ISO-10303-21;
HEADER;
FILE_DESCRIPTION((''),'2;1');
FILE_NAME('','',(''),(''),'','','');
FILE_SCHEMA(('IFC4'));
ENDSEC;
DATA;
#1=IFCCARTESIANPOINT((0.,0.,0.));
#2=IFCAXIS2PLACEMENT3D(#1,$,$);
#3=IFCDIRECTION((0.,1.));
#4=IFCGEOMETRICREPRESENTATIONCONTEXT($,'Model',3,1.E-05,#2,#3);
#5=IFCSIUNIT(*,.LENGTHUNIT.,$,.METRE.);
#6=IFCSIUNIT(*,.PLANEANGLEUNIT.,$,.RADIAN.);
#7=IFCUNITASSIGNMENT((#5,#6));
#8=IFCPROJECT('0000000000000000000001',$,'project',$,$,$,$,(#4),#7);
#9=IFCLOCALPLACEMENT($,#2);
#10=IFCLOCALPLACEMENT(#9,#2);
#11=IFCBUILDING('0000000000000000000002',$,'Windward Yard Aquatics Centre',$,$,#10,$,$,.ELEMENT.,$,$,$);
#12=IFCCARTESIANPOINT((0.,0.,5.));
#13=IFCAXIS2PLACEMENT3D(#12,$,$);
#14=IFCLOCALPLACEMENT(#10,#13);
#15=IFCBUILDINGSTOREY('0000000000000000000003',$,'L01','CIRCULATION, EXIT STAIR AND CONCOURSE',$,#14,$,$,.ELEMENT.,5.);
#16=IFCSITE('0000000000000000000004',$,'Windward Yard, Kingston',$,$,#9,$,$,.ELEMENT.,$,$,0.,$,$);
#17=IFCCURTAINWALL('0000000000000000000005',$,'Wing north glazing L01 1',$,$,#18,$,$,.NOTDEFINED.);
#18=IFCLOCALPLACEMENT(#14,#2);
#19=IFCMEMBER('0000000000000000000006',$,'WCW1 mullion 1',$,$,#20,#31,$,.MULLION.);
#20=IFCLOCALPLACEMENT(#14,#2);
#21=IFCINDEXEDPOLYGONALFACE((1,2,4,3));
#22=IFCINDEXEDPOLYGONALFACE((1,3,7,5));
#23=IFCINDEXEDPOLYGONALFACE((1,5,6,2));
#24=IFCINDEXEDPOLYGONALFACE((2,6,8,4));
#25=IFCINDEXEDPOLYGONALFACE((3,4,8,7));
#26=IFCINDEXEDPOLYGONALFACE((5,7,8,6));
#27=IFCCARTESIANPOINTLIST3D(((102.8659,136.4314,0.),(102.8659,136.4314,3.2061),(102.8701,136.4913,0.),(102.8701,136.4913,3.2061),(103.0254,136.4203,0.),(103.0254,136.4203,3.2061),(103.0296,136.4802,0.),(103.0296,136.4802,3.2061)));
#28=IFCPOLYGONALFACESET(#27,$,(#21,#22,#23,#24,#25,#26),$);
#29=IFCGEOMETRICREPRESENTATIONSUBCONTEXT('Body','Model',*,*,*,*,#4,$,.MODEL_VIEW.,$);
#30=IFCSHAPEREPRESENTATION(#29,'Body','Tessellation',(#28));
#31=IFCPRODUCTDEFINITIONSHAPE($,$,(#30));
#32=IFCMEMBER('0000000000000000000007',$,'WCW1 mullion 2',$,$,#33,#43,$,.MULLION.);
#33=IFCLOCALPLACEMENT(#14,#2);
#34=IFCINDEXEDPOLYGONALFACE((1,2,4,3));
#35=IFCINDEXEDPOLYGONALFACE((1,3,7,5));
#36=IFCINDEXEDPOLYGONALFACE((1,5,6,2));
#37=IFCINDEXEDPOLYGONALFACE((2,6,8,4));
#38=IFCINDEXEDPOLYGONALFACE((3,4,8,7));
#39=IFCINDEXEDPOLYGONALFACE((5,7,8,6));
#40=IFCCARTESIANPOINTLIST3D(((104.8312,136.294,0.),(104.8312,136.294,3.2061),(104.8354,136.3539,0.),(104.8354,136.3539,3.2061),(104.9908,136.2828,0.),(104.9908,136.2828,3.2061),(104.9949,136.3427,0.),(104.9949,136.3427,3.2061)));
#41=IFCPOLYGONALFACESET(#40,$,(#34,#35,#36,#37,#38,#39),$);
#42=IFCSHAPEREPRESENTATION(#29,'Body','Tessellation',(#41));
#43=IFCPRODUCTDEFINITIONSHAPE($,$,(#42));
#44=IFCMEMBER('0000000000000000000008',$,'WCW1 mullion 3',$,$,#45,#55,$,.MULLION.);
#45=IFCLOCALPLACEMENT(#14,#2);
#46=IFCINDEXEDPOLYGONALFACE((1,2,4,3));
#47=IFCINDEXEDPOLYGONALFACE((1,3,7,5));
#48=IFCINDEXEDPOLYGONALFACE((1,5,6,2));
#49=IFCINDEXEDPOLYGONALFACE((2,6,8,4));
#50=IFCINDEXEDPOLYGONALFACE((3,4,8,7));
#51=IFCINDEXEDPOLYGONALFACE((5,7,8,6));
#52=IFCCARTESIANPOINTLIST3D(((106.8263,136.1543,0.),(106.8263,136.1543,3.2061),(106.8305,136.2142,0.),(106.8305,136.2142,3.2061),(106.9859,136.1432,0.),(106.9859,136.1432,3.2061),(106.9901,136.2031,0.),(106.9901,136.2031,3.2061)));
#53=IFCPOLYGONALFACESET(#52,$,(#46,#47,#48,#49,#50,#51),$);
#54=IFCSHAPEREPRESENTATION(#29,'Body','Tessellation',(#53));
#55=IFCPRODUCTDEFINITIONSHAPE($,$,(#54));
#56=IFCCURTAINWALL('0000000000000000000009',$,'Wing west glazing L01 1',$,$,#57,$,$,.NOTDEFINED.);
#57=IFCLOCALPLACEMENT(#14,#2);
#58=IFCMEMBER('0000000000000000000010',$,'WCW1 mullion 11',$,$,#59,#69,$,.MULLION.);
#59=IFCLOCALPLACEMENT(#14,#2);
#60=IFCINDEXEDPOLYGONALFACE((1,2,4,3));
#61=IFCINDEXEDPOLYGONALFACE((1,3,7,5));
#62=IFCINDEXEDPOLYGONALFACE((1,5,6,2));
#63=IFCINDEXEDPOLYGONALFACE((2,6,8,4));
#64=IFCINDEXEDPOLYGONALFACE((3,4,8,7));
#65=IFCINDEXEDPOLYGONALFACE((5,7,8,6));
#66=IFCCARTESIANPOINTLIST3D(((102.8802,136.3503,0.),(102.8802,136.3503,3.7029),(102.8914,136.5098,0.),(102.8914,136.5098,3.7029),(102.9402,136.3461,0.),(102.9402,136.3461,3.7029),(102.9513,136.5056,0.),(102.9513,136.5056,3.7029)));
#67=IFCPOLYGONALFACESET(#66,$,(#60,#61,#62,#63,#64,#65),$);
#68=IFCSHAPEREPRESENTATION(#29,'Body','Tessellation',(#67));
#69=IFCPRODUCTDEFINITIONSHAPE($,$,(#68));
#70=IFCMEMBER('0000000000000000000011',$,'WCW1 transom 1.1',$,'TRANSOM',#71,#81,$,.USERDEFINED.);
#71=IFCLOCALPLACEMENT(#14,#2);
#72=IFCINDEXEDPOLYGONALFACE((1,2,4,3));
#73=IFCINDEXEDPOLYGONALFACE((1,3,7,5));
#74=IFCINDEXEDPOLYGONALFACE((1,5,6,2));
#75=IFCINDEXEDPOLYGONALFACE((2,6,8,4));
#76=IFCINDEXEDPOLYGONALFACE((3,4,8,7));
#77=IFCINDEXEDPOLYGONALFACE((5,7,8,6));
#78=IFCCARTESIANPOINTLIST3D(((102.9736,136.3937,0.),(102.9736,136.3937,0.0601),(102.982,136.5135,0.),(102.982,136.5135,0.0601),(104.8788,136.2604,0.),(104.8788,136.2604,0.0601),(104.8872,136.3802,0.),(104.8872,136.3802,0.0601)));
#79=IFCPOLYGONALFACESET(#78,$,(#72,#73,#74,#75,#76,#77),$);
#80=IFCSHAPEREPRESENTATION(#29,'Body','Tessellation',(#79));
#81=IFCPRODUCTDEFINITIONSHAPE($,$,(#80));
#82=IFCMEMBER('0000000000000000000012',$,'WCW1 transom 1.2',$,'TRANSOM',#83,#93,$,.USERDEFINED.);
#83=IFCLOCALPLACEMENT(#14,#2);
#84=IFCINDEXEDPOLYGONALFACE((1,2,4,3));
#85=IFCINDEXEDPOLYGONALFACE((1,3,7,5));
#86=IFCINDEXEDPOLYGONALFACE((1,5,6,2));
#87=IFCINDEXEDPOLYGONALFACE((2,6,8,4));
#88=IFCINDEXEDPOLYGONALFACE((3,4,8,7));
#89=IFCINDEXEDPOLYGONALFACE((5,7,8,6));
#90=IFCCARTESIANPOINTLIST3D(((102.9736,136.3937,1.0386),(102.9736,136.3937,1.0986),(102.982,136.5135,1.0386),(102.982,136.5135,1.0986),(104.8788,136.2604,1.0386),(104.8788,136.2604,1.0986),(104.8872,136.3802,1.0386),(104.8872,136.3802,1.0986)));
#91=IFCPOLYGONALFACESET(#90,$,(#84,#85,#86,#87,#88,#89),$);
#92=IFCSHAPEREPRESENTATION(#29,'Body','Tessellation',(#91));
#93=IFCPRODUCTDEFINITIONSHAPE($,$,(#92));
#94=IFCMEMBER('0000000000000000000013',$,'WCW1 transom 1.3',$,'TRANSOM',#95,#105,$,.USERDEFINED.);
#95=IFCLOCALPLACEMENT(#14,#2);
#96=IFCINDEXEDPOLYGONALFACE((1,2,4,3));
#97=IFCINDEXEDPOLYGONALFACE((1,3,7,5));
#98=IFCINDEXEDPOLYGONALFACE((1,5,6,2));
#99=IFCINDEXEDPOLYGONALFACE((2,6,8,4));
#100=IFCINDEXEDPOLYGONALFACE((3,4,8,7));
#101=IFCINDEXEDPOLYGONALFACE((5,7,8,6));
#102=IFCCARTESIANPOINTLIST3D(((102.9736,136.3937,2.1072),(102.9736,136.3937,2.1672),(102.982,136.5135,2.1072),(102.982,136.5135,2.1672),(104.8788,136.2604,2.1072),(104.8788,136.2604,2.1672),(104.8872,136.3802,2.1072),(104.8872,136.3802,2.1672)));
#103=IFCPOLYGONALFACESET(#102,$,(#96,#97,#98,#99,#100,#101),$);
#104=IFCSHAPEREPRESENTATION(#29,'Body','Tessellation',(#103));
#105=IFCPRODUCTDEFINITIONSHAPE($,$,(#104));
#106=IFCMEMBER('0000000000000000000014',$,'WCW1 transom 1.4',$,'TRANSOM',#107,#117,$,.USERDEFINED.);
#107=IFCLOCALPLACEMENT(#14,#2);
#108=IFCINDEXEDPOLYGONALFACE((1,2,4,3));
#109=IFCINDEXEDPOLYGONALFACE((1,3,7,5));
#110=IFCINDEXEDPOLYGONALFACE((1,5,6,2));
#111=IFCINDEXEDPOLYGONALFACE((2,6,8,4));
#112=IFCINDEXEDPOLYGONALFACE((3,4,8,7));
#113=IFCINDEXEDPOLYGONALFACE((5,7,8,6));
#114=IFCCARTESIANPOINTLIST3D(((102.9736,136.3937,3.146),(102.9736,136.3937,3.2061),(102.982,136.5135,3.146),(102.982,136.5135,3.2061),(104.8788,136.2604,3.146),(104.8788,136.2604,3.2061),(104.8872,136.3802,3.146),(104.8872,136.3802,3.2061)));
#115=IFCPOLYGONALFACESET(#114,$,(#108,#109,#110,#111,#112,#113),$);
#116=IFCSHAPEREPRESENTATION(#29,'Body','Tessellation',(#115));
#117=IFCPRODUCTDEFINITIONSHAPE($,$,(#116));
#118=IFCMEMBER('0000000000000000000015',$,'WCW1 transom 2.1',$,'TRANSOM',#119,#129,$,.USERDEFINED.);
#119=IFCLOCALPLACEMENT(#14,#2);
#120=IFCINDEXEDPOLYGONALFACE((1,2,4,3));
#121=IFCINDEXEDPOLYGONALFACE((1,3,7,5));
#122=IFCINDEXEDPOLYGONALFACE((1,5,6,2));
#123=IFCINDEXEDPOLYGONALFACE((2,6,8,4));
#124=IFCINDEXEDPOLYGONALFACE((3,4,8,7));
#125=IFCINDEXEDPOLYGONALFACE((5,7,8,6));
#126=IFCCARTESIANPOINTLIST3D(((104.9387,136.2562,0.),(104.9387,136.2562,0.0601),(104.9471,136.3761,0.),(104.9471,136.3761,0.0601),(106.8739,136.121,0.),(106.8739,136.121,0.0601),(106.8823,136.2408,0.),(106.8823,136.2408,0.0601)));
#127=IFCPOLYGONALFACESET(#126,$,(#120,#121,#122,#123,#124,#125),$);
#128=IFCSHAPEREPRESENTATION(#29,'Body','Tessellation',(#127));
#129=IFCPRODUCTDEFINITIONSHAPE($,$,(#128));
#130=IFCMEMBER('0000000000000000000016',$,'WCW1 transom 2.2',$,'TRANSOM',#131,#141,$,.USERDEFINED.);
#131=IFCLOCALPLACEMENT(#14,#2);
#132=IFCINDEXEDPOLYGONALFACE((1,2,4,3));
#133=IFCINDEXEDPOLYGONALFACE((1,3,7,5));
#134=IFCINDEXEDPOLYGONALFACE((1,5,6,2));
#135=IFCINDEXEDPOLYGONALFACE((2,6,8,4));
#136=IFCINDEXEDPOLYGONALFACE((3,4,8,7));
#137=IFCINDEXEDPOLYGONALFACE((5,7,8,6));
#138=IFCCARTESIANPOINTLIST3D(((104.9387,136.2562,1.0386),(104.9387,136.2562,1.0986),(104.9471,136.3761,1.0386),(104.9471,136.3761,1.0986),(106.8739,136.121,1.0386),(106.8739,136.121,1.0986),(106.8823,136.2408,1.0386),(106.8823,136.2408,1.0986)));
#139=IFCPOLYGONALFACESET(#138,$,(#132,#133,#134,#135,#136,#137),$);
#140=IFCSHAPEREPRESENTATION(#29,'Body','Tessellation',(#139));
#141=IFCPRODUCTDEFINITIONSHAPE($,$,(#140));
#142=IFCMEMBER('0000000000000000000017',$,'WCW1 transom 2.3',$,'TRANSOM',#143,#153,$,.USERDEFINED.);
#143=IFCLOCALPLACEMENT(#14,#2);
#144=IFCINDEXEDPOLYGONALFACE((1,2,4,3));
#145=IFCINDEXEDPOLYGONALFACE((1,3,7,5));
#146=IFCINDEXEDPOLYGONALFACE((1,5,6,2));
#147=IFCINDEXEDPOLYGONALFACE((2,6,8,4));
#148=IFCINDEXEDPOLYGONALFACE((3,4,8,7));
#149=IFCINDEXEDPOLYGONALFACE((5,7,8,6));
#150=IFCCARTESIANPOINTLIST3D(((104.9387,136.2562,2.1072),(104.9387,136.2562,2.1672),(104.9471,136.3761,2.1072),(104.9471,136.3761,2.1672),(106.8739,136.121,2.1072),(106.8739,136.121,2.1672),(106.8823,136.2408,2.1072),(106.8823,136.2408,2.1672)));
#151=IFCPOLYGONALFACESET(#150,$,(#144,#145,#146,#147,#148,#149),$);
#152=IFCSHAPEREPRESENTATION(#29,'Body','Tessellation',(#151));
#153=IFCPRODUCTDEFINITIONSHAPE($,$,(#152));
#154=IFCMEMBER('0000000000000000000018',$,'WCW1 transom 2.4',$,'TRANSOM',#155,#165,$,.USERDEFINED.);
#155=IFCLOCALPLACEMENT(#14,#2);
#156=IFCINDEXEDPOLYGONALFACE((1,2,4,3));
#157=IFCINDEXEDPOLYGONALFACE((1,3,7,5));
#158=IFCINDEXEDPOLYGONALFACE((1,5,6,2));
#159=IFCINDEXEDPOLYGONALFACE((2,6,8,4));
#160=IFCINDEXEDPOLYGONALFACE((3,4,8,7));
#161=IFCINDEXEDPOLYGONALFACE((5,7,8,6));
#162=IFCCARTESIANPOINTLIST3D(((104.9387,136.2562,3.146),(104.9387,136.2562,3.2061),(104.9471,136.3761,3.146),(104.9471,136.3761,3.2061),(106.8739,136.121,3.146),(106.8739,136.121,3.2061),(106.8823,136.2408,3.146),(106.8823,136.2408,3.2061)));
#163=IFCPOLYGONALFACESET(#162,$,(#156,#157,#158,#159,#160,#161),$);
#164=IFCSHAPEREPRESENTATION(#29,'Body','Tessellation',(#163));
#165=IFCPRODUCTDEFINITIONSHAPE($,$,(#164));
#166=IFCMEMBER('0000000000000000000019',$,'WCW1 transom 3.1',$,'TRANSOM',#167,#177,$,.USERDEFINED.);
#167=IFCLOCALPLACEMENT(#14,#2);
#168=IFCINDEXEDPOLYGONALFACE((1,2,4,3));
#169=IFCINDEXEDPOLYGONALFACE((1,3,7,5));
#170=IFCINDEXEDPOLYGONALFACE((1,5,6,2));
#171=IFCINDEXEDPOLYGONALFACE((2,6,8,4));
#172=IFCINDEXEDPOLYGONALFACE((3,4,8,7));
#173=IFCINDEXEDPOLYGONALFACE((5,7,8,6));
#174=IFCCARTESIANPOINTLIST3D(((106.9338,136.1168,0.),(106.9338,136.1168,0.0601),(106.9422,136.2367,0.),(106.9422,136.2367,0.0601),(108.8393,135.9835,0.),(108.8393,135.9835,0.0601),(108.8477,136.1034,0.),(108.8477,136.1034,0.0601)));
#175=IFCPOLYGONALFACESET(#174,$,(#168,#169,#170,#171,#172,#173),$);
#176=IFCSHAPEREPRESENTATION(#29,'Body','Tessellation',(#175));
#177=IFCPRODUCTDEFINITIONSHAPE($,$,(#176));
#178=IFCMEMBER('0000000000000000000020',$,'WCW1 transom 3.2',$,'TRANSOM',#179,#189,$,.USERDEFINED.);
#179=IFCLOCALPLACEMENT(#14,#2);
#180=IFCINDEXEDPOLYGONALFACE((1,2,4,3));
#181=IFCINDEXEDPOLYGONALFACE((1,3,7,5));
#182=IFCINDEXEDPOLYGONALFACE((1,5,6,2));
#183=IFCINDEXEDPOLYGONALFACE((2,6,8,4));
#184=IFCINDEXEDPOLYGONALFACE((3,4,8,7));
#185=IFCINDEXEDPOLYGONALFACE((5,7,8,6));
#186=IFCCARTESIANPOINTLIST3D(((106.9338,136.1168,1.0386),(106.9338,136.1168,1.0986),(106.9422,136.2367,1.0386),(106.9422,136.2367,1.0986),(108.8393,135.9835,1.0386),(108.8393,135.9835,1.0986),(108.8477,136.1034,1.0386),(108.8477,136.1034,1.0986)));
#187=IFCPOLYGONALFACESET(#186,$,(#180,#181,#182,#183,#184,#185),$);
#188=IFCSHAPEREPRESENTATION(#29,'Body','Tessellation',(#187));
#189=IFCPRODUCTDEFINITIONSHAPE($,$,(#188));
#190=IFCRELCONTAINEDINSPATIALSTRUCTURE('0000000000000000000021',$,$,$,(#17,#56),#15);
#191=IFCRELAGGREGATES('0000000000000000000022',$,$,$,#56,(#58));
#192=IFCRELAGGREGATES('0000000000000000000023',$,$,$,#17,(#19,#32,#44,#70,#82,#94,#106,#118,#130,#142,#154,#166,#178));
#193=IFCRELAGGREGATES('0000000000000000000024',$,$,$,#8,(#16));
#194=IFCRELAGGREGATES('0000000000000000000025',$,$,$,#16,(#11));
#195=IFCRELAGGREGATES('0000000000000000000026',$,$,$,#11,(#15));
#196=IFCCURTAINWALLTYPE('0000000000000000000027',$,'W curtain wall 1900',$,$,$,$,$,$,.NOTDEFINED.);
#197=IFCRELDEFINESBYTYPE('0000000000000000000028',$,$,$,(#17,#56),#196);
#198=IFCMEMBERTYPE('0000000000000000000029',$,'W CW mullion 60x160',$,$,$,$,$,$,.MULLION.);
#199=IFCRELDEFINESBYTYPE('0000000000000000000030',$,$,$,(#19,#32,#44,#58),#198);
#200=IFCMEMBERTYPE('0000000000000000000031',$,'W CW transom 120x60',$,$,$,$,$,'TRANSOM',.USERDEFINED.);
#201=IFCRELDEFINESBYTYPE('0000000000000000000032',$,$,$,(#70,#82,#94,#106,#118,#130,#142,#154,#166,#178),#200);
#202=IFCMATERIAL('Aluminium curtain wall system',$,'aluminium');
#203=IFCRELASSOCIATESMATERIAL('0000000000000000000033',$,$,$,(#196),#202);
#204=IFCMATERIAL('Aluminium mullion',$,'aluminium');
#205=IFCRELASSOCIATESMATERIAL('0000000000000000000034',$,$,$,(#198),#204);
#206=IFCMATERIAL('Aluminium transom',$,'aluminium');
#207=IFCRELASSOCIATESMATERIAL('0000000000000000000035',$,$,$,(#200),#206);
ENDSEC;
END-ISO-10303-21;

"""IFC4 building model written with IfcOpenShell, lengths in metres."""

from ifc_helpers import new_model, si_unit, direction, frame, origin, origin_2d, place, context, subcontext, project, spatial, rectangle, extrude, material, material_profile, profile_set, type_object, element, aggregate, save


model = new_model("IFC4")

# Units and contexts
model_context = context("Model", 3, precision=1e-05, world=origin(), true_north=direction((0.0, 1.0)))
body_context = subcontext(model_context, "Body", "Model", "MODEL_VIEW")
ifc_project = project(units=[si_unit("LENGTHUNIT", "METRE"), si_unit("PLANEANGLEUNIT", "RADIAN")], contexts=[model_context])

# Site, building, storey
site_placement = place(None, origin())
site = spatial("IfcSite", under=ifc_project, at=site_placement, Name="Windward Yard, Kingston", CompositionType="ELEMENT", RefElevation=0.0)
building_placement = place(site_placement, origin())
building = spatial("IfcBuilding", under=site, at=building_placement, Name="Windward Yard Aquatics Centre", CompositionType="ELEMENT")
storey_placement = place(building_placement, frame((0.0, 0.0, 5.0)))
storey = spatial("IfcBuildingStorey", under=building, at=storey_placement, Name="L01", Description="CIRCULATION, EXIT STAIR AND CONCOURSE", CompositionType="ELEMENT", Elevation=5.0)

# Curtain wall, members
ifc_material_1 = material(Name="Aluminium curtain wall system", Category="aluminium")
curtain_wall_type = type_object("IfcCurtainWallType", Name="W curtain wall 1900", PredefinedType="NOTDEFINED", material=ifc_material_1)
curtain_wall_1_placement = place(storey_placement, origin())
curtain_wall_1 = element("IfcCurtainWall", 1, at=curtain_wall_1_placement, inside=storey, type_object=curtain_wall_type, Name="Wing north glazing L01 1", PredefinedType="NOTDEFINED")
ifc_material_2 = material(Name="Aluminium mullion", Category="aluminium")
ifc_material_profile_1 = material_profile(ifc_material_2, rectangle(XDim=0.0601, YDim=0.1599, at=origin_2d()), Name="AL 60x160")
ifc_profile_set_1 = profile_set([ifc_material_profile_1], Name="Aluminium mullion")
member_type_1 = type_object("IfcMemberType", Name="W CW mullion 60x160", PredefinedType="MULLION", material=ifc_profile_set_1)
member_1_placement = place(storey_placement, frame((102.9478, 136.4558, 0.0), z_axis=(0.0, 0.0, 1.0), x_axis=(0.06975, 0.997565, 0.0)))
member_1 = element("IfcMember", 2, at=member_1_placement, type_object=member_type_1, Name="WCW1 mullion 1", PredefinedType="MULLION", context=body_context, shape_type="SweptSolid", body=[
    extrude(rectangle(XDim=0.0601, YDim=0.1599, at=origin_2d()), origin(), (0.0, 0.0, 1.0), 3.2061),
])
member_2_placement = place(storey_placement, frame((104.9131, 136.3184, 0.0), z_axis=(0.0, 0.0, 1.0), x_axis=(0.06975, 0.997565, 0.0)))
member_2 = element("IfcMember", 3, at=member_2_placement, type_object=member_type_1, Name="WCW1 mullion 2", PredefinedType="MULLION", context=body_context, shape_type="SweptSolid", body=[
    extrude(rectangle(XDim=0.0601, YDim=0.1599, at=origin_2d()), origin(), (0.0, 0.0, 1.0), 3.2061),
])
member_3_placement = place(storey_placement, frame((106.9082, 136.1787, 0.0), z_axis=(0.0, 0.0, 1.0), x_axis=(0.06975, 0.997565, 0.0)))
member_3 = element("IfcMember", 4, at=member_3_placement, type_object=member_type_1, Name="WCW1 mullion 3", PredefinedType="MULLION", context=body_context, shape_type="SweptSolid", body=[
    extrude(rectangle(XDim=0.0601, YDim=0.1599, at=origin_2d()), origin(), (0.0, 0.0, 1.0), 3.2061),
])

# Curtain wall, member
curtain_wall_2_placement = place(storey_placement, origin())
curtain_wall_2 = element("IfcCurtainWall", 5, at=curtain_wall_2_placement, inside=storey, type_object=curtain_wall_type, Name="Wing west glazing L01 1", PredefinedType="NOTDEFINED")
member_4_placement = place(storey_placement, frame((102.9158, 136.428, 0.0), z_axis=(0.0, 0.0, 1.0), x_axis=(-0.997564, 0.069755, 0.0)))
member_4 = element("IfcMember", 6, at=member_4_placement, type_object=member_type_1, Name="WCW1 mullion 11", PredefinedType="MULLION", context=body_context, shape_type="SweptSolid", body=[
    extrude(rectangle(XDim=0.0601, YDim=0.1599, at=origin_2d()), origin(), (0.0, 0.0, 1.0), 3.7029),
])
aggregate(curtain_wall_2, [member_4])

# Members
ifc_material_3 = material(Name="Aluminium transom", Category="aluminium")
ifc_material_profile_2 = material_profile(ifc_material_3, rectangle(XDim=0.1201, YDim=0.0601, at=origin_2d()), Name="AL 120x60")
ifc_profile_set_2 = profile_set([ifc_material_profile_2], Name="Aluminium transom")
member_type_2 = type_object("IfcMemberType", Name="W CW transom 120x60", ElementType="TRANSOM", PredefinedType="USERDEFINED", material=ifc_profile_set_2)
member_5_placement = place(storey_placement, frame((102.9778, 136.4536, 0.03), z_axis=(0.997561, -0.069794, 0.0), x_axis=(0.069794, 0.997561, 0.0)))
member_5 = element("IfcMember", 7, at=member_5_placement, type_object=member_type_2, Name="WCW1 transom 1.1", ObjectType="TRANSOM", PredefinedType="USERDEFINED", context=body_context, shape_type="SweptSolid", body=[
    extrude(rectangle(XDim=0.1201, YDim=0.0601, at=origin_2d()), origin(), (0.0, 0.0, 1.0), 1.9099),
])
member_6_placement = place(storey_placement, frame((102.9778, 136.4536, 1.0686), z_axis=(0.997561, -0.069794, 0.0), x_axis=(0.069794, 0.997561, 0.0)))
member_6 = element("IfcMember", 8, at=member_6_placement, type_object=member_type_2, Name="WCW1 transom 1.2", ObjectType="TRANSOM", PredefinedType="USERDEFINED", context=body_context, shape_type="SweptSolid", body=[
    extrude(rectangle(XDim=0.1201, YDim=0.0601, at=origin_2d()), origin(), (0.0, 0.0, 1.0), 1.9099),
])
member_7_placement = place(storey_placement, frame((102.9778, 136.4536, 2.1372), z_axis=(0.997561, -0.069794, 0.0), x_axis=(0.069794, 0.997561, 0.0)))
member_7 = element("IfcMember", 9, at=member_7_placement, type_object=member_type_2, Name="WCW1 transom 1.3", ObjectType="TRANSOM", PredefinedType="USERDEFINED", context=body_context, shape_type="SweptSolid", body=[
    extrude(rectangle(XDim=0.1201, YDim=0.0601, at=origin_2d()), origin(), (0.0, 0.0, 1.0), 1.9099),
])
member_8_placement = place(storey_placement, frame((102.9778, 136.4536, 3.176), z_axis=(0.997561, -0.069794, 0.0), x_axis=(0.069794, 0.997561, 0.0)))
member_8 = element("IfcMember", 10, at=member_8_placement, type_object=member_type_2, Name="WCW1 transom 1.4", ObjectType="TRANSOM", PredefinedType="USERDEFINED", context=body_context, shape_type="SweptSolid", body=[
    extrude(rectangle(XDim=0.1201, YDim=0.0601, at=origin_2d()), origin(), (0.0, 0.0, 1.0), 1.9099),
])
member_9_placement = place(storey_placement, frame((104.9429, 136.3162, 0.03), z_axis=(0.997567, -0.069718, 0.0), x_axis=(0.069718, 0.997567, 0.0)))
member_9 = element("IfcMember", 11, at=member_9_placement, type_object=member_type_2, Name="WCW1 transom 2.1", ObjectType="TRANSOM", PredefinedType="USERDEFINED", context=body_context, shape_type="SweptSolid", body=[
    extrude(rectangle(XDim=0.1201, YDim=0.0601, at=origin_2d()), origin(), (0.0, 0.0, 1.0), 1.9399),
])
member_10_placement = place(storey_placement, frame((104.9429, 136.3162, 1.0686), z_axis=(0.997567, -0.069718, 0.0), x_axis=(0.069718, 0.997567, 0.0)))
member_10 = element("IfcMember", 12, at=member_10_placement, type_object=member_type_2, Name="WCW1 transom 2.2", ObjectType="TRANSOM", PredefinedType="USERDEFINED", context=body_context, shape_type="SweptSolid", body=[
    extrude(rectangle(XDim=0.1201, YDim=0.0601, at=origin_2d()), origin(), (0.0, 0.0, 1.0), 1.9399),
])
member_11_placement = place(storey_placement, frame((104.9429, 136.3162, 2.1372), z_axis=(0.997567, -0.069718, 0.0), x_axis=(0.069718, 0.997567, 0.0)))
member_11 = element("IfcMember", 13, at=member_11_placement, type_object=member_type_2, Name="WCW1 transom 2.3", ObjectType="TRANSOM", PredefinedType="USERDEFINED", context=body_context, shape_type="SweptSolid", body=[
    extrude(rectangle(XDim=0.1201, YDim=0.0601, at=origin_2d()), origin(), (0.0, 0.0, 1.0), 1.9399),
])
member_12_placement = place(storey_placement, frame((104.9429, 136.3162, 3.176), z_axis=(0.997567, -0.069718, 0.0), x_axis=(0.069718, 0.997567, 0.0)))
member_12 = element("IfcMember", 14, at=member_12_placement, type_object=member_type_2, Name="WCW1 transom 2.4", ObjectType="TRANSOM", PredefinedType="USERDEFINED", context=body_context, shape_type="SweptSolid", body=[
    extrude(rectangle(XDim=0.1201, YDim=0.0601, at=origin_2d()), origin(), (0.0, 0.0, 1.0), 1.9399),
])
member_13_placement = place(storey_placement, frame((106.938, 136.1768, 0.03), z_axis=(0.997562, -0.069785, 0.0), x_axis=(0.069785, 0.997562, 0.0)))
member_13 = element("IfcMember", 15, at=member_13_placement, type_object=member_type_2, Name="WCW1 transom 3.1", ObjectType="TRANSOM", PredefinedType="USERDEFINED", context=body_context, shape_type="SweptSolid", body=[
    extrude(rectangle(XDim=0.1201, YDim=0.0601, at=origin_2d()), origin(), (0.0, 0.0, 1.0), 1.9102),
])
member_14_placement = place(storey_placement, frame((106.938, 136.1768, 1.0686), z_axis=(0.997562, -0.069785, 0.0), x_axis=(0.069785, 0.997562, 0.0)))
member_14 = element("IfcMember", 16, at=member_14_placement, type_object=member_type_2, Name="WCW1 transom 3.2", ObjectType="TRANSOM", PredefinedType="USERDEFINED", context=body_context, shape_type="SweptSolid", body=[
    extrude(rectangle(XDim=0.1201, YDim=0.0601, at=origin_2d()), origin(), (0.0, 0.0, 1.0), 1.9102),
])

aggregate(curtain_wall_1, [member_1, member_2, member_3, member_5, member_6, member_7, member_8, member_9, member_10, member_11, member_12, member_13, member_14])

save(model, "model.ifc")
